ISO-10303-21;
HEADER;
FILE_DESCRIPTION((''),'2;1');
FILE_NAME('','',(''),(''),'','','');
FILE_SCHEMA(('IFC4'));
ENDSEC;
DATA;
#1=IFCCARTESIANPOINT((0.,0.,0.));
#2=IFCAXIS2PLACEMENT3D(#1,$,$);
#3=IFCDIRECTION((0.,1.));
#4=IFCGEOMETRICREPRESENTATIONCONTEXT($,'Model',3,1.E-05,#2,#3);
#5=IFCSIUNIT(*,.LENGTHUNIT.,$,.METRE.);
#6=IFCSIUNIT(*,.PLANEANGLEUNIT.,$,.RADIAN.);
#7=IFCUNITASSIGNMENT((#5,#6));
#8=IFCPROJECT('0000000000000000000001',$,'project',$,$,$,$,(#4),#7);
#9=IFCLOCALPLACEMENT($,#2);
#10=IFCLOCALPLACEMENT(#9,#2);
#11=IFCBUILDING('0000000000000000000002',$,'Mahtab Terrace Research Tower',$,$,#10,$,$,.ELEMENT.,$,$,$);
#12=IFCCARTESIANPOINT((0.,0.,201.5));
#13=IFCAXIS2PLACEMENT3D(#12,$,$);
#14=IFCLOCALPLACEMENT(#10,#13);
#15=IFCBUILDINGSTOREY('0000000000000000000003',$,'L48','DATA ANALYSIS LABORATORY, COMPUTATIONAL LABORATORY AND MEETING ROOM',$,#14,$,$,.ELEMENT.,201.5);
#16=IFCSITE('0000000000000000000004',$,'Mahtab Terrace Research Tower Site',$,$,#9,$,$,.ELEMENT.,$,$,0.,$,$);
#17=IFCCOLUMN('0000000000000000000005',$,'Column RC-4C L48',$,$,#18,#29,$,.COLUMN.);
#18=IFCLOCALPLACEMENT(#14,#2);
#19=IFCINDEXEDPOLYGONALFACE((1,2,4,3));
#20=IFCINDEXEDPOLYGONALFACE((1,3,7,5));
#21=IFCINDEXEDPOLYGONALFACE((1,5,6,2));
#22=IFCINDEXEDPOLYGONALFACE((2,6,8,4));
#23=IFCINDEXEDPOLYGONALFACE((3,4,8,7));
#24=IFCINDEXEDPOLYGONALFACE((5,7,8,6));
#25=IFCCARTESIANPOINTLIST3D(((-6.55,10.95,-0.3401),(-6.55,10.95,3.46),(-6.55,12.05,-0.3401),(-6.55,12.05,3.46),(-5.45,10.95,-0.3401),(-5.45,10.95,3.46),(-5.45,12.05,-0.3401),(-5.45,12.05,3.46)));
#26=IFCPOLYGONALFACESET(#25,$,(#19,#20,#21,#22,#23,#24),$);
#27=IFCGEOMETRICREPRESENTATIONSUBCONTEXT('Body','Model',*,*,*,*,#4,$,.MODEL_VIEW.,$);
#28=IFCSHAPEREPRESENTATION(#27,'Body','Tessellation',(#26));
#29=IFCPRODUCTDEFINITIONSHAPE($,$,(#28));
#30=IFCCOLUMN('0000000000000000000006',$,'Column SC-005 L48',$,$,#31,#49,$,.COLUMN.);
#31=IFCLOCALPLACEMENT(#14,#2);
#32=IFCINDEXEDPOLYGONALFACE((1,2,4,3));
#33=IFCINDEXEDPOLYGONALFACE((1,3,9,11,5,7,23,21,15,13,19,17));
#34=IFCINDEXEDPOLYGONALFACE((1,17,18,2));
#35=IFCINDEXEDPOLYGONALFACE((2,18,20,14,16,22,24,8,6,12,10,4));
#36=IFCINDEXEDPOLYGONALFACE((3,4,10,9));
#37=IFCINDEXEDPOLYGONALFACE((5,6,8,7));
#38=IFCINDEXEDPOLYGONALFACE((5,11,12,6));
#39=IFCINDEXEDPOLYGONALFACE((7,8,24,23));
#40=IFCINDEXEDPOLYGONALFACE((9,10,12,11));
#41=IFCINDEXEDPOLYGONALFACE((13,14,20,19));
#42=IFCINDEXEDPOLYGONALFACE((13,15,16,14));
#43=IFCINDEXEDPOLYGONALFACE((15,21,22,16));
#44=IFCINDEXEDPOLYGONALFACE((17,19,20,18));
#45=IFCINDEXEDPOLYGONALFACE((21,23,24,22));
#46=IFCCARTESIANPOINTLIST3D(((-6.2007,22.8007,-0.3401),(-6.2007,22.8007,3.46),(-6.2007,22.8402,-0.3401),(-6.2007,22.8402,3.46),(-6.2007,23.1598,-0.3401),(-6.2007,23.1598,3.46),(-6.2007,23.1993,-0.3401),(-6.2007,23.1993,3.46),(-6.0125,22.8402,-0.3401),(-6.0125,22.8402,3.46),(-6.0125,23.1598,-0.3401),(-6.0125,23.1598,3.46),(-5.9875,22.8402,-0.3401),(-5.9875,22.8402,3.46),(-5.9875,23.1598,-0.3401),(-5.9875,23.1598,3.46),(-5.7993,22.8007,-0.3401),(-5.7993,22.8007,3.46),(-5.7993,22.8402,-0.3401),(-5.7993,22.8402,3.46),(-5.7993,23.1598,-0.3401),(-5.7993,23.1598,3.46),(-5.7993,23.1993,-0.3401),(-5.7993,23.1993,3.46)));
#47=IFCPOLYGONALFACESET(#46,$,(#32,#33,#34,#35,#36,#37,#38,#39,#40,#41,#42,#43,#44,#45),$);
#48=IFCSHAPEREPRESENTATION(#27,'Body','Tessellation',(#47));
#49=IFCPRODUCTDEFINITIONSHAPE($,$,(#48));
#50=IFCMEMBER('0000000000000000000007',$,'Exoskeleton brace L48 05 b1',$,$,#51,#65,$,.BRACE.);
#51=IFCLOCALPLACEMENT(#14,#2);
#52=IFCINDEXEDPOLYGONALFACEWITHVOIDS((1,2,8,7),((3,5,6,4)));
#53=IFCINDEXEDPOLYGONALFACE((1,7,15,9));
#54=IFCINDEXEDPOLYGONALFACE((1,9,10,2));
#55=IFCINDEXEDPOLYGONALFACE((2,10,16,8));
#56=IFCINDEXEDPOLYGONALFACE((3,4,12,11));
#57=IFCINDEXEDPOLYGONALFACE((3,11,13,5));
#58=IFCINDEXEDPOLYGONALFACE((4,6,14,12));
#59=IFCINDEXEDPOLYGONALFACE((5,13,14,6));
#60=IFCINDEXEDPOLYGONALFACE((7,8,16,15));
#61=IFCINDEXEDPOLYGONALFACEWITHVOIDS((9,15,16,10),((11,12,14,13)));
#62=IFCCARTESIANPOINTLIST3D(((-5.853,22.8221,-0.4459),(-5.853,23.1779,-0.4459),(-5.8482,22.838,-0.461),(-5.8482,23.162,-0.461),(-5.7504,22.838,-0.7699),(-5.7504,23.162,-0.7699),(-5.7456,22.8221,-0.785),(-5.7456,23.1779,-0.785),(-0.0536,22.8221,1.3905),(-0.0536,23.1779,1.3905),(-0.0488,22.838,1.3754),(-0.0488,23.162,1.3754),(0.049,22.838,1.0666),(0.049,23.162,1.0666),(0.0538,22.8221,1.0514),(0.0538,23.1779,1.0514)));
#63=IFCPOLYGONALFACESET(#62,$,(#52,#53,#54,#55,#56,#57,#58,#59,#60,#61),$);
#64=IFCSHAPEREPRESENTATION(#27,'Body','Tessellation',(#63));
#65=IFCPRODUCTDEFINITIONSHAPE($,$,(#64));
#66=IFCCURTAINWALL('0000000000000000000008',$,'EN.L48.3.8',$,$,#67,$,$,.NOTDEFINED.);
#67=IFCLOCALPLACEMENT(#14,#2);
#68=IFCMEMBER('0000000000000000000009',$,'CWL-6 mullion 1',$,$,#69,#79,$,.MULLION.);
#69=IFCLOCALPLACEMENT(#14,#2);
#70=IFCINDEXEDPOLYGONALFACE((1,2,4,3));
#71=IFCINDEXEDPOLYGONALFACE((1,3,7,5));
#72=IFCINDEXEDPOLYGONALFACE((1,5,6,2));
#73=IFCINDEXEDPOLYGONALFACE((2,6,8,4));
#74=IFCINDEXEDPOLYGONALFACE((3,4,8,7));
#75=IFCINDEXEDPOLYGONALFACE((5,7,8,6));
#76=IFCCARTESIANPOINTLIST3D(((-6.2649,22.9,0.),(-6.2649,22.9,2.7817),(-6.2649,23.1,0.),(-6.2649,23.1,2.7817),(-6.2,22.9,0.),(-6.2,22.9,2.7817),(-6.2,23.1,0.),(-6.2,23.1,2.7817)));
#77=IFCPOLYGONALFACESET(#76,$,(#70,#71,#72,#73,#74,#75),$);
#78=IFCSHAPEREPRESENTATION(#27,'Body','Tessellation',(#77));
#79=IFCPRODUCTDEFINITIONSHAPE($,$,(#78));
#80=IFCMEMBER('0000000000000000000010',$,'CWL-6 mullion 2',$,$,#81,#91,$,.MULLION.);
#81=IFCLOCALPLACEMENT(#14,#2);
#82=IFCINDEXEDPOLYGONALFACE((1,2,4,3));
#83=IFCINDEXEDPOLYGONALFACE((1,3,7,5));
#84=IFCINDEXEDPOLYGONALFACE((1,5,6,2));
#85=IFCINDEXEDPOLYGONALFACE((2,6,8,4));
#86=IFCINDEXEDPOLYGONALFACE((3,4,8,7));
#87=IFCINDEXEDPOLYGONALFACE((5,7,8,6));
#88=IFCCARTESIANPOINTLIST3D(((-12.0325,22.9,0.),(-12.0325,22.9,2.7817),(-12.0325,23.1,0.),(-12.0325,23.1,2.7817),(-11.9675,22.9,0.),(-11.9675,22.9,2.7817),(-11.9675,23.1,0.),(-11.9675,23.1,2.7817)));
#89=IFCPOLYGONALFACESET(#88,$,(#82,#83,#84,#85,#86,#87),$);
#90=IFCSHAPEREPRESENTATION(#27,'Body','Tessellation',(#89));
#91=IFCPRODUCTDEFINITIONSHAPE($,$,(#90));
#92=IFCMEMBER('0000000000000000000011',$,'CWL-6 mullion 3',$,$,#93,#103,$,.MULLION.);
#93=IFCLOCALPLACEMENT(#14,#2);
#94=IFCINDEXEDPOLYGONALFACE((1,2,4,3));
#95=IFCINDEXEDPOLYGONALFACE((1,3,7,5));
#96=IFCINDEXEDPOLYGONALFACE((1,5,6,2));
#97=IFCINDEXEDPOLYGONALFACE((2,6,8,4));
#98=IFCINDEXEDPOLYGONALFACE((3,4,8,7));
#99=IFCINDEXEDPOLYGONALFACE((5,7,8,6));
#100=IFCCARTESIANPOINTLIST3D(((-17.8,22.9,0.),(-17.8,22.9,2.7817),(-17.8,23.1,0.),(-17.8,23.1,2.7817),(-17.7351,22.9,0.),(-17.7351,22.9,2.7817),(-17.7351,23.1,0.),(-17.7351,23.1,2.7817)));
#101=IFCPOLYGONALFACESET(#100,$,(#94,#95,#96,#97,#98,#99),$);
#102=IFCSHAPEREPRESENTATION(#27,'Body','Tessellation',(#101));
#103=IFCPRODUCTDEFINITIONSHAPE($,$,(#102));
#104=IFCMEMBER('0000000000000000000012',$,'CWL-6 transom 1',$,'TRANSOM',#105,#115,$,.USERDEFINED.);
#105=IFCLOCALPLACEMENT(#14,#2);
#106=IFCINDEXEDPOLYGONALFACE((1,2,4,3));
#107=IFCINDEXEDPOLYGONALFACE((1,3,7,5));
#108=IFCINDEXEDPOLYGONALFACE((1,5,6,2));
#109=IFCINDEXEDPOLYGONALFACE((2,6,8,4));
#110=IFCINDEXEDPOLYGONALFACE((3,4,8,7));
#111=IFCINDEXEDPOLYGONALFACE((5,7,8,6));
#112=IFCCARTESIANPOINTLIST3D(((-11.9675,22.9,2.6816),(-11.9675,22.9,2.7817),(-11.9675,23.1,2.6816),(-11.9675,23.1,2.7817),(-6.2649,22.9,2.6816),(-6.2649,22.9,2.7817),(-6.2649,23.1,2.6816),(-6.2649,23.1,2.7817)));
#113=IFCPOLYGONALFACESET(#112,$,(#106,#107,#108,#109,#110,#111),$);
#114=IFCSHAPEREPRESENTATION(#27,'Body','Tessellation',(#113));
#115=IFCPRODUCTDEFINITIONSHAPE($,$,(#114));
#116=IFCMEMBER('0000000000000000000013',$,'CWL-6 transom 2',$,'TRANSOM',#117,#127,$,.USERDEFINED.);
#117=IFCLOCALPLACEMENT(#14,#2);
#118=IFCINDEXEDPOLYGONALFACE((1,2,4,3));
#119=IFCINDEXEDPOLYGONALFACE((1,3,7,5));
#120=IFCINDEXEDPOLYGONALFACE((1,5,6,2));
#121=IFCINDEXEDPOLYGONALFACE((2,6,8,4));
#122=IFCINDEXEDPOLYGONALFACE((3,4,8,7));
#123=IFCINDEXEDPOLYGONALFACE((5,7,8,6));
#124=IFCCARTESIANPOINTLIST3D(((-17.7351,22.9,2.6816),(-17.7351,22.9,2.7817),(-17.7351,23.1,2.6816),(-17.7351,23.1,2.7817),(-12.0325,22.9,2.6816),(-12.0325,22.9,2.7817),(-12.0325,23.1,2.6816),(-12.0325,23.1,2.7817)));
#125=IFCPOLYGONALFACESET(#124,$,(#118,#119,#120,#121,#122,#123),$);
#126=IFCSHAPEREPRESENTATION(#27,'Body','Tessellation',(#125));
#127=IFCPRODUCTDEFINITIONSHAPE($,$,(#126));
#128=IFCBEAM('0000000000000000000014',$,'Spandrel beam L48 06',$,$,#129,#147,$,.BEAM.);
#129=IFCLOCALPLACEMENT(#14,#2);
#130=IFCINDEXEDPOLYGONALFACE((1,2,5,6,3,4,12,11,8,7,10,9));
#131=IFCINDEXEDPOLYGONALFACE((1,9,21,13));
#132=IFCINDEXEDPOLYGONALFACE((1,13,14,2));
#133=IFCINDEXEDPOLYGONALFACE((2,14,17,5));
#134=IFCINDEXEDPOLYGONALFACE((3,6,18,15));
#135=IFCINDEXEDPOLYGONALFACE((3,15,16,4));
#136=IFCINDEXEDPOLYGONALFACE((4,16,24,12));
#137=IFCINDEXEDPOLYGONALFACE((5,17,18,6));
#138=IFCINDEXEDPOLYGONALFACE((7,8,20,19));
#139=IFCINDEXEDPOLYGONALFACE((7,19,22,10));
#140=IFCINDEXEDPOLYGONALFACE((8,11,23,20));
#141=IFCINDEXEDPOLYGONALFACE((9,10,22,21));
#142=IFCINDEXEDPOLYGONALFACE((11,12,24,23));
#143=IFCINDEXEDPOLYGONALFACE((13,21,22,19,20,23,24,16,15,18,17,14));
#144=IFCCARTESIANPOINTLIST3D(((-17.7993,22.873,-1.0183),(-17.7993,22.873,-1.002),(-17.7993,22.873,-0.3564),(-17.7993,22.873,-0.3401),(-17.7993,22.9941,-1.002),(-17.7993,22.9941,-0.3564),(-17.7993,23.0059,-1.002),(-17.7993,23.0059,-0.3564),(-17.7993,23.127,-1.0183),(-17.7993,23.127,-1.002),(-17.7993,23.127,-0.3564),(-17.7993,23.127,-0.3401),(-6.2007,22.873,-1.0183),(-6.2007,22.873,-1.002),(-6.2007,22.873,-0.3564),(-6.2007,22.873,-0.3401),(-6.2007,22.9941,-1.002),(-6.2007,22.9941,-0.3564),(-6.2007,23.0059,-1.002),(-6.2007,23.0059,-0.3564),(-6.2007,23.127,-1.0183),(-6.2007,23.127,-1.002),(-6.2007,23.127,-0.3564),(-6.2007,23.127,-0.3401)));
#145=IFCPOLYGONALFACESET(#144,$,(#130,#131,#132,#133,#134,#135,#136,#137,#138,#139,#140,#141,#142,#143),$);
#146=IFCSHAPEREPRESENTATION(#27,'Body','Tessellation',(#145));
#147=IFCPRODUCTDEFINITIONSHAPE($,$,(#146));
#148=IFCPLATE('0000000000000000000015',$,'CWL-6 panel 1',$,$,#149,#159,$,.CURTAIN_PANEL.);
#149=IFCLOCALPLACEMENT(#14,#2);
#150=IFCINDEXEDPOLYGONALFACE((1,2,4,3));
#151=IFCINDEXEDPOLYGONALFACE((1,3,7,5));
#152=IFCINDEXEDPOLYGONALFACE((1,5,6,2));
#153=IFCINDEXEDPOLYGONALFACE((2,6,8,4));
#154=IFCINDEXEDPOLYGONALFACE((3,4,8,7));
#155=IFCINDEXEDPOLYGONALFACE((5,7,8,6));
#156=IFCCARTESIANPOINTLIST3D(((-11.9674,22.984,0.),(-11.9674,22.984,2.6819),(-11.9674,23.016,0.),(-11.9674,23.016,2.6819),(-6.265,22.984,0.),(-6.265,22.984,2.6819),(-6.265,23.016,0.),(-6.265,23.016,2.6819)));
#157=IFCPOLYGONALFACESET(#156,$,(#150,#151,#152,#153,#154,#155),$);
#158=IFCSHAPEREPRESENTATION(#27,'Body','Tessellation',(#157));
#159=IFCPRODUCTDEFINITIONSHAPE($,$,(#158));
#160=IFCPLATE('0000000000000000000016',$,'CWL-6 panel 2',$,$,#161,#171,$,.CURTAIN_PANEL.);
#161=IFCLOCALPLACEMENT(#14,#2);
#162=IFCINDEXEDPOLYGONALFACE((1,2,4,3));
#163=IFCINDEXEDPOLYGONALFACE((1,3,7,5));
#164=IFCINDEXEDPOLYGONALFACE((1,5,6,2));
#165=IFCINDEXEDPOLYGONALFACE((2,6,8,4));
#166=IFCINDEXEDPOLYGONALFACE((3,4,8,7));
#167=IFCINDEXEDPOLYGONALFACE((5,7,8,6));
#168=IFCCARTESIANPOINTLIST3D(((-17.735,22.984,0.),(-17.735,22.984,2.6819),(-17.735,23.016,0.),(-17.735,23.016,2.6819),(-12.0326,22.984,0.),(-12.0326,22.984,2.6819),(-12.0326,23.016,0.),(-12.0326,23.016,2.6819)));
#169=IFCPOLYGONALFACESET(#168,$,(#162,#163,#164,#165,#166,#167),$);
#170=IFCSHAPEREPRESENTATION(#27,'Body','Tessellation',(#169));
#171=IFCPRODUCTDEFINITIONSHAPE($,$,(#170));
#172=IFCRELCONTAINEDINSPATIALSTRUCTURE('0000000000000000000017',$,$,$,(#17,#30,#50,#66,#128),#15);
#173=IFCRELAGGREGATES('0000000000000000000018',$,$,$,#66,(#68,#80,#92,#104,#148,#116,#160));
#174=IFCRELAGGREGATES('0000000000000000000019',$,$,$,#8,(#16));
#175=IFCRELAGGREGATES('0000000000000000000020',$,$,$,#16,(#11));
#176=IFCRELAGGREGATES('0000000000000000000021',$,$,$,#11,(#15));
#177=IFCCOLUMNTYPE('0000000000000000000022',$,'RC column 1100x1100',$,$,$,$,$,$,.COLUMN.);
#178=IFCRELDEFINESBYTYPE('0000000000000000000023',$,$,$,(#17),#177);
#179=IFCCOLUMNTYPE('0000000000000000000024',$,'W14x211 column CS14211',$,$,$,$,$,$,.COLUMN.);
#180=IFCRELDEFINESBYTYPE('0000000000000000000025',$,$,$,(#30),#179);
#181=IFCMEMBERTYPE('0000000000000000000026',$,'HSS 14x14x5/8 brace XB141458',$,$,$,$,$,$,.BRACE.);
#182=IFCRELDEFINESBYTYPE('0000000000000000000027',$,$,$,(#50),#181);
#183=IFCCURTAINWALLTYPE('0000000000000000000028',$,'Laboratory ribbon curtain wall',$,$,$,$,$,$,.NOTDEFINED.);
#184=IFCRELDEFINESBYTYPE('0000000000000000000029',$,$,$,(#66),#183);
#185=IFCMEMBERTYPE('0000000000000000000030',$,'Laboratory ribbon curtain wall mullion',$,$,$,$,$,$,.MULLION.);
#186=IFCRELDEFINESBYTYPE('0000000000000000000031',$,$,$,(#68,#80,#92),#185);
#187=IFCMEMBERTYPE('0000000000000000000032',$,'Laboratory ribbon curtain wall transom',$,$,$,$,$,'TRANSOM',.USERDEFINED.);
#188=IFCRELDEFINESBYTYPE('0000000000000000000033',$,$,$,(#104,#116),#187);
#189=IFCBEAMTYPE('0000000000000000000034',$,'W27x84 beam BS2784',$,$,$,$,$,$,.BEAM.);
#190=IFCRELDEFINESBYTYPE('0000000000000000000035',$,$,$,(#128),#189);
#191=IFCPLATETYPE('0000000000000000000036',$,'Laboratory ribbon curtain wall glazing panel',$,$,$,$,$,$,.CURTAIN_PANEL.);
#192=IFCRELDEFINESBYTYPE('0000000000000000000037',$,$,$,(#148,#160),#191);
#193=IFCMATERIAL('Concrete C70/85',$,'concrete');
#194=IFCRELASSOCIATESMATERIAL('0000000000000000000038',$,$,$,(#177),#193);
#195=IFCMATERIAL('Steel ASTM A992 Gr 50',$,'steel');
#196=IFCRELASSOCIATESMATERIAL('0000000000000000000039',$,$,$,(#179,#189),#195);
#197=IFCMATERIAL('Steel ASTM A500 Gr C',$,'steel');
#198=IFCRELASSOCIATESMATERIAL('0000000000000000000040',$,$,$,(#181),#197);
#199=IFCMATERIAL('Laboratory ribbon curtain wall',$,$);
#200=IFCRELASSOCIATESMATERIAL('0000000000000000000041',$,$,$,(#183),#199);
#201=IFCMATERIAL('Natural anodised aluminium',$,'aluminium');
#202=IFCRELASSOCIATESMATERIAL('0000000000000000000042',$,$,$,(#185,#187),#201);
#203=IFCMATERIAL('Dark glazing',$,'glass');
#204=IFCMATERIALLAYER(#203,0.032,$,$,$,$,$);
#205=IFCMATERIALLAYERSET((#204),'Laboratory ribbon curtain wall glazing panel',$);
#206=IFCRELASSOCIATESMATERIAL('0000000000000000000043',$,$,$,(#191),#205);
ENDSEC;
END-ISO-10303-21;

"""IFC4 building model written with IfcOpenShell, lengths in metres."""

from ifc_helpers import new_model, si_unit, direction, frame, origin, origin_2d, place, context, subcontext, project, spatial, rectangle, hollow_rectangle, i_section, extrude, material, layer, layer_set, material_profile, profile_set, type_object, element, aggregate, save


model = new_model("IFC4")

# Units and contexts
model_context = context("Model", 3, precision=1e-05, world=origin(), true_north=direction((0.0, 1.0)))
body_context = subcontext(model_context, "Body", "Model", "MODEL_VIEW")
ifc_project = project(units=[si_unit("LENGTHUNIT", "METRE"), si_unit("PLANEANGLEUNIT", "RADIAN")], contexts=[model_context])

# Site, building, storey
site_placement = place(None, origin())
site = spatial("IfcSite", under=ifc_project, at=site_placement, Name="Mahtab Terrace Research Tower Site", CompositionType="ELEMENT", RefElevation=0.0)
building_placement = place(site_placement, origin())
building = spatial("IfcBuilding", under=site, at=building_placement, Name="Mahtab Terrace Research Tower", CompositionType="ELEMENT")
storey_placement = place(building_placement, frame((0.0, 0.0, 201.5)))
storey = spatial("IfcBuildingStorey", under=building, at=storey_placement, Name="L48", Description="DATA ANALYSIS LABORATORY, COMPUTATIONAL LABORATORY AND MEETING ROOM", CompositionType="ELEMENT", Elevation=201.5)

# Columns
ifc_material_1 = material(Name="Concrete C70/85", Category="concrete")
ifc_material_profile_1 = material_profile(ifc_material_1, rectangle(XDim=1.1001, YDim=1.1001, at=origin_2d()), Name="RC column 1100x1100")
ifc_profile_set_1 = profile_set([ifc_material_profile_1], Name="Concrete C70/85")
column_type_1 = type_object("IfcColumnType", Name="RC column 1100x1100", PredefinedType="COLUMN", material=ifc_profile_set_1)
column_1_placement = place(storey_placement, frame((-6.0, 11.5, -0.3401), z_axis=(0.0, 0.0, 1.0), x_axis=(1.0, 0.0, 0.0)))
element("IfcColumn", 1, at=column_1_placement, inside=storey, type_object=column_type_1, Name="Column RC-4C L48", PredefinedType="COLUMN", context=body_context, shape_type="SweptSolid", body=[
    extrude(rectangle(XDim=1.1001, YDim=1.1001, at=origin_2d()), origin(), (0.0, 0.0, 1.0), 3.8),
])
ifc_material_2 = material(Name="Steel ASTM A992 Gr 50", Category="steel")
ifc_material_profile_2 = material_profile(ifc_material_2, i_section(OverallWidth=0.4014, OverallDepth=0.3987, WebThickness=0.0249, FlangeThickness=0.0396, at=origin_2d()), Name="W14X211")
ifc_profile_set_2 = profile_set([ifc_material_profile_2], Name="Steel ASTM A992 Gr 50")
column_type_2 = type_object("IfcColumnType", Name="W14x211 column CS14211", PredefinedType="COLUMN", material=ifc_profile_set_2)
column_2_placement = place(storey_placement, frame((-6.0, 23.0, -0.3401), z_axis=(0.0, 0.0, 1.0), x_axis=(1.0, 0.0, 0.0)))
element("IfcColumn", 2, at=column_2_placement, inside=storey, type_object=column_type_2, Name="Column SC-005 L48", PredefinedType="COLUMN", context=body_context, shape_type="SweptSolid", body=[
    extrude(i_section(OverallWidth=0.4014, OverallDepth=0.3987, WebThickness=0.0249, FlangeThickness=0.0396, at=origin_2d()), origin(), (0.0, 0.0, 1.0), 3.8),
])

# Member
ifc_material_3 = material(Name="Steel ASTM A500 Gr C", Category="steel")
ifc_material_profile_3 = material_profile(ifc_material_3, hollow_rectangle(XDim=0.3557, YDim=0.3557, WallThickness=0.0159, at=origin_2d()), Name="HSS14X14X5/8")
ifc_profile_set_3 = profile_set([ifc_material_profile_3], Name="Steel ASTM A500 Gr C")
member_type_1 = type_object("IfcMemberType", Name="HSS 14x14x5/8 brace XB141458", PredefinedType="BRACE", material=ifc_profile_set_3)
member_1_placement = place(storey_placement, frame((-5.7993, 23.0, -0.6155), z_axis=(0.953343, 0.0, 0.301888), x_axis=(0.0, 1.0, 0.0)))
element("IfcMember", 3, at=member_1_placement, inside=storey, type_object=member_type_1, Name="Exoskeleton brace L48 05 b1", PredefinedType="BRACE", context=body_context, shape_type="SweptSolid", body=[
    extrude(hollow_rectangle(XDim=0.3557, YDim=0.3557, WallThickness=0.0159, at=origin_2d()), origin(), (0.0, 0.0, 1.0), 6.0833),
])

# Curtain wall, members
ifc_material_4 = material(Name="Laboratory ribbon curtain wall")
curtain_wall_type = type_object("IfcCurtainWallType", Name="Laboratory ribbon curtain wall", PredefinedType="NOTDEFINED", material=ifc_material_4)
curtain_wall_placement = place(storey_placement, origin())
curtain_wall = element("IfcCurtainWall", 4, at=curtain_wall_placement, inside=storey, type_object=curtain_wall_type, Name="EN.L48.3.8", PredefinedType="NOTDEFINED")
ifc_material_5 = material(Name="Natural anodised aluminium", Category="aluminium")
ifc_material_profile_4 = material_profile(ifc_material_5, rectangle(XDim=0.2, YDim=0.0649, at=origin_2d()), Name="MULLION 65x200")
ifc_profile_set_4 = profile_set([ifc_material_profile_4], Name="Natural anodised aluminium")
member_type_2 = type_object("IfcMemberType", Name="Laboratory ribbon curtain wall mullion", PredefinedType="MULLION", material=ifc_profile_set_4)
member_2_placement = place(storey_placement, frame((-6.2324, 23.0, 0.0), z_axis=(0.0, 0.0, 1.0), x_axis=(0.0, -1.0, 0.0)))
member_2 = element("IfcMember", 5, at=member_2_placement, type_object=member_type_2, Name="CWL-6 mullion 1", PredefinedType="MULLION", context=body_context, shape_type="SweptSolid", body=[
    extrude(rectangle(XDim=0.2, YDim=0.0649, at=origin_2d()), origin(), (0.0, 0.0, 1.0), 2.7817),
])
member_3_placement = place(storey_placement, frame((-12.0, 23.0, 0.0), z_axis=(0.0, 0.0, 1.0), x_axis=(0.0, -1.0, 0.0)))
member_3 = element("IfcMember", 6, at=member_3_placement, type_object=member_type_2, Name="CWL-6 mullion 2", PredefinedType="MULLION", context=body_context, shape_type="SweptSolid", body=[
    extrude(rectangle(XDim=0.2, YDim=0.0649, at=origin_2d()), origin(), (0.0, 0.0, 1.0), 2.7817),
])
member_4_placement = place(storey_placement, frame((-17.7676, 23.0, 0.0), z_axis=(0.0, 0.0, 1.0), x_axis=(0.0, -1.0, 0.0)))
member_4 = element("IfcMember", 7, at=member_4_placement, type_object=member_type_2, Name="CWL-6 mullion 3", PredefinedType="MULLION", context=body_context, shape_type="SweptSolid", body=[
    extrude(rectangle(XDim=0.2, YDim=0.0649, at=origin_2d()), origin(), (0.0, 0.0, 1.0), 2.7817),
])
ifc_material_profile_5 = material_profile(ifc_material_5, rectangle(XDim=0.2, YDim=0.1001, at=origin_2d()), Name="TRANSOM 100x200")
ifc_profile_set_5 = profile_set([ifc_material_profile_5], Name="Natural anodised aluminium")
member_type_3 = type_object("IfcMemberType", Name="Laboratory ribbon curtain wall transom", ElementType="TRANSOM", PredefinedType="USERDEFINED", material=ifc_profile_set_5)
member_5_placement = place(storey_placement, frame((-6.2649, 23.0, 2.7317), z_axis=(-1.0, 0.0, 0.0), x_axis=(0.0, -1.0, 0.0)))
member_5 = element("IfcMember", 8, at=member_5_placement, type_object=member_type_3, Name="CWL-6 transom 1", ObjectType="TRANSOM", PredefinedType="USERDEFINED", context=body_context, shape_type="SweptSolid", body=[
    extrude(rectangle(XDim=0.2, YDim=0.1001, at=origin_2d()), origin(), (0.0, 0.0, 1.0), 5.7026),
])
member_6_placement = place(storey_placement, frame((-12.0325, 23.0, 2.7317), z_axis=(-1.0, 0.0, 0.0), x_axis=(0.0, -1.0, 0.0)))
member_6 = element("IfcMember", 9, at=member_6_placement, type_object=member_type_3, Name="CWL-6 transom 2", ObjectType="TRANSOM", PredefinedType="USERDEFINED", context=body_context, shape_type="SweptSolid", body=[
    extrude(rectangle(XDim=0.2, YDim=0.1001, at=origin_2d()), origin(), (0.0, 0.0, 1.0), 5.7026),
])

# Beam
ifc_material_profile_6 = material_profile(ifc_material_2, i_section(OverallWidth=0.2539, OverallDepth=0.6782, WebThickness=0.0117, FlangeThickness=0.0164, at=origin_2d()), Name="W27X84")
ifc_profile_set_6 = profile_set([ifc_material_profile_6], Name="Steel ASTM A992 Gr 50")
beam_type = type_object("IfcBeamType", Name="W27x84 beam BS2784", PredefinedType="BEAM", material=ifc_profile_set_6)
beam_placement = place(storey_placement, frame((-6.2007, 23.0, -0.6792), z_axis=(-1.0, 0.0, 0.0), x_axis=(0.0, -1.0, 0.0)))
element("IfcBeam", 10, at=beam_placement, inside=storey, type_object=beam_type, Name="Spandrel beam L48 06", PredefinedType="BEAM", context=body_context, shape_type="SweptSolid", body=[
    extrude(i_section(OverallWidth=0.2539, OverallDepth=0.6782, WebThickness=0.0117, FlangeThickness=0.0164, at=origin_2d()), origin(), (0.0, 0.0, 1.0), 11.5986),
])

# Plates
ifc_material_6 = material(Name="Dark glazing", Category="glass")
ifc_layer_1 = layer(ifc_material_6, 0.032)
ifc_layer_set_1 = layer_set([ifc_layer_1], Name="Laboratory ribbon curtain wall glazing panel")
plate_type = type_object("IfcPlateType", Name="Laboratory ribbon curtain wall glazing panel", PredefinedType="CURTAIN_PANEL", material=ifc_layer_set_1)
plate_1_placement = place(storey_placement, frame((-9.1162, 23.0, 0.0), z_axis=(0.0, 0.0, 1.0), x_axis=(-1.0, 0.0, 0.0)))
plate_1 = element("IfcPlate", 11, at=plate_1_placement, type_object=plate_type, Name="CWL-6 panel 1", PredefinedType="CURTAIN_PANEL", context=body_context, shape_type="SweptSolid", body=[
    extrude(rectangle(XDim=5.7024, YDim=0.032, at=origin_2d()), origin(), (0.0, 0.0, 1.0), 2.6819),
])
plate_2_placement = place(storey_placement, frame((-14.8838, 23.0, 0.0), z_axis=(0.0, 0.0, 1.0), x_axis=(-1.0, 0.0, 0.0)))
plate_2 = element("IfcPlate", 12, at=plate_2_placement, type_object=plate_type, Name="CWL-6 panel 2", PredefinedType="CURTAIN_PANEL", context=body_context, shape_type="SweptSolid", body=[
    extrude(rectangle(XDim=5.7024, YDim=0.032, at=origin_2d()), origin(), (0.0, 0.0, 1.0), 2.6819),
])
aggregate(curtain_wall, [member_2, member_3, member_4, member_5, plate_1, member_6, plate_2])

save(model, "model.ifc")
